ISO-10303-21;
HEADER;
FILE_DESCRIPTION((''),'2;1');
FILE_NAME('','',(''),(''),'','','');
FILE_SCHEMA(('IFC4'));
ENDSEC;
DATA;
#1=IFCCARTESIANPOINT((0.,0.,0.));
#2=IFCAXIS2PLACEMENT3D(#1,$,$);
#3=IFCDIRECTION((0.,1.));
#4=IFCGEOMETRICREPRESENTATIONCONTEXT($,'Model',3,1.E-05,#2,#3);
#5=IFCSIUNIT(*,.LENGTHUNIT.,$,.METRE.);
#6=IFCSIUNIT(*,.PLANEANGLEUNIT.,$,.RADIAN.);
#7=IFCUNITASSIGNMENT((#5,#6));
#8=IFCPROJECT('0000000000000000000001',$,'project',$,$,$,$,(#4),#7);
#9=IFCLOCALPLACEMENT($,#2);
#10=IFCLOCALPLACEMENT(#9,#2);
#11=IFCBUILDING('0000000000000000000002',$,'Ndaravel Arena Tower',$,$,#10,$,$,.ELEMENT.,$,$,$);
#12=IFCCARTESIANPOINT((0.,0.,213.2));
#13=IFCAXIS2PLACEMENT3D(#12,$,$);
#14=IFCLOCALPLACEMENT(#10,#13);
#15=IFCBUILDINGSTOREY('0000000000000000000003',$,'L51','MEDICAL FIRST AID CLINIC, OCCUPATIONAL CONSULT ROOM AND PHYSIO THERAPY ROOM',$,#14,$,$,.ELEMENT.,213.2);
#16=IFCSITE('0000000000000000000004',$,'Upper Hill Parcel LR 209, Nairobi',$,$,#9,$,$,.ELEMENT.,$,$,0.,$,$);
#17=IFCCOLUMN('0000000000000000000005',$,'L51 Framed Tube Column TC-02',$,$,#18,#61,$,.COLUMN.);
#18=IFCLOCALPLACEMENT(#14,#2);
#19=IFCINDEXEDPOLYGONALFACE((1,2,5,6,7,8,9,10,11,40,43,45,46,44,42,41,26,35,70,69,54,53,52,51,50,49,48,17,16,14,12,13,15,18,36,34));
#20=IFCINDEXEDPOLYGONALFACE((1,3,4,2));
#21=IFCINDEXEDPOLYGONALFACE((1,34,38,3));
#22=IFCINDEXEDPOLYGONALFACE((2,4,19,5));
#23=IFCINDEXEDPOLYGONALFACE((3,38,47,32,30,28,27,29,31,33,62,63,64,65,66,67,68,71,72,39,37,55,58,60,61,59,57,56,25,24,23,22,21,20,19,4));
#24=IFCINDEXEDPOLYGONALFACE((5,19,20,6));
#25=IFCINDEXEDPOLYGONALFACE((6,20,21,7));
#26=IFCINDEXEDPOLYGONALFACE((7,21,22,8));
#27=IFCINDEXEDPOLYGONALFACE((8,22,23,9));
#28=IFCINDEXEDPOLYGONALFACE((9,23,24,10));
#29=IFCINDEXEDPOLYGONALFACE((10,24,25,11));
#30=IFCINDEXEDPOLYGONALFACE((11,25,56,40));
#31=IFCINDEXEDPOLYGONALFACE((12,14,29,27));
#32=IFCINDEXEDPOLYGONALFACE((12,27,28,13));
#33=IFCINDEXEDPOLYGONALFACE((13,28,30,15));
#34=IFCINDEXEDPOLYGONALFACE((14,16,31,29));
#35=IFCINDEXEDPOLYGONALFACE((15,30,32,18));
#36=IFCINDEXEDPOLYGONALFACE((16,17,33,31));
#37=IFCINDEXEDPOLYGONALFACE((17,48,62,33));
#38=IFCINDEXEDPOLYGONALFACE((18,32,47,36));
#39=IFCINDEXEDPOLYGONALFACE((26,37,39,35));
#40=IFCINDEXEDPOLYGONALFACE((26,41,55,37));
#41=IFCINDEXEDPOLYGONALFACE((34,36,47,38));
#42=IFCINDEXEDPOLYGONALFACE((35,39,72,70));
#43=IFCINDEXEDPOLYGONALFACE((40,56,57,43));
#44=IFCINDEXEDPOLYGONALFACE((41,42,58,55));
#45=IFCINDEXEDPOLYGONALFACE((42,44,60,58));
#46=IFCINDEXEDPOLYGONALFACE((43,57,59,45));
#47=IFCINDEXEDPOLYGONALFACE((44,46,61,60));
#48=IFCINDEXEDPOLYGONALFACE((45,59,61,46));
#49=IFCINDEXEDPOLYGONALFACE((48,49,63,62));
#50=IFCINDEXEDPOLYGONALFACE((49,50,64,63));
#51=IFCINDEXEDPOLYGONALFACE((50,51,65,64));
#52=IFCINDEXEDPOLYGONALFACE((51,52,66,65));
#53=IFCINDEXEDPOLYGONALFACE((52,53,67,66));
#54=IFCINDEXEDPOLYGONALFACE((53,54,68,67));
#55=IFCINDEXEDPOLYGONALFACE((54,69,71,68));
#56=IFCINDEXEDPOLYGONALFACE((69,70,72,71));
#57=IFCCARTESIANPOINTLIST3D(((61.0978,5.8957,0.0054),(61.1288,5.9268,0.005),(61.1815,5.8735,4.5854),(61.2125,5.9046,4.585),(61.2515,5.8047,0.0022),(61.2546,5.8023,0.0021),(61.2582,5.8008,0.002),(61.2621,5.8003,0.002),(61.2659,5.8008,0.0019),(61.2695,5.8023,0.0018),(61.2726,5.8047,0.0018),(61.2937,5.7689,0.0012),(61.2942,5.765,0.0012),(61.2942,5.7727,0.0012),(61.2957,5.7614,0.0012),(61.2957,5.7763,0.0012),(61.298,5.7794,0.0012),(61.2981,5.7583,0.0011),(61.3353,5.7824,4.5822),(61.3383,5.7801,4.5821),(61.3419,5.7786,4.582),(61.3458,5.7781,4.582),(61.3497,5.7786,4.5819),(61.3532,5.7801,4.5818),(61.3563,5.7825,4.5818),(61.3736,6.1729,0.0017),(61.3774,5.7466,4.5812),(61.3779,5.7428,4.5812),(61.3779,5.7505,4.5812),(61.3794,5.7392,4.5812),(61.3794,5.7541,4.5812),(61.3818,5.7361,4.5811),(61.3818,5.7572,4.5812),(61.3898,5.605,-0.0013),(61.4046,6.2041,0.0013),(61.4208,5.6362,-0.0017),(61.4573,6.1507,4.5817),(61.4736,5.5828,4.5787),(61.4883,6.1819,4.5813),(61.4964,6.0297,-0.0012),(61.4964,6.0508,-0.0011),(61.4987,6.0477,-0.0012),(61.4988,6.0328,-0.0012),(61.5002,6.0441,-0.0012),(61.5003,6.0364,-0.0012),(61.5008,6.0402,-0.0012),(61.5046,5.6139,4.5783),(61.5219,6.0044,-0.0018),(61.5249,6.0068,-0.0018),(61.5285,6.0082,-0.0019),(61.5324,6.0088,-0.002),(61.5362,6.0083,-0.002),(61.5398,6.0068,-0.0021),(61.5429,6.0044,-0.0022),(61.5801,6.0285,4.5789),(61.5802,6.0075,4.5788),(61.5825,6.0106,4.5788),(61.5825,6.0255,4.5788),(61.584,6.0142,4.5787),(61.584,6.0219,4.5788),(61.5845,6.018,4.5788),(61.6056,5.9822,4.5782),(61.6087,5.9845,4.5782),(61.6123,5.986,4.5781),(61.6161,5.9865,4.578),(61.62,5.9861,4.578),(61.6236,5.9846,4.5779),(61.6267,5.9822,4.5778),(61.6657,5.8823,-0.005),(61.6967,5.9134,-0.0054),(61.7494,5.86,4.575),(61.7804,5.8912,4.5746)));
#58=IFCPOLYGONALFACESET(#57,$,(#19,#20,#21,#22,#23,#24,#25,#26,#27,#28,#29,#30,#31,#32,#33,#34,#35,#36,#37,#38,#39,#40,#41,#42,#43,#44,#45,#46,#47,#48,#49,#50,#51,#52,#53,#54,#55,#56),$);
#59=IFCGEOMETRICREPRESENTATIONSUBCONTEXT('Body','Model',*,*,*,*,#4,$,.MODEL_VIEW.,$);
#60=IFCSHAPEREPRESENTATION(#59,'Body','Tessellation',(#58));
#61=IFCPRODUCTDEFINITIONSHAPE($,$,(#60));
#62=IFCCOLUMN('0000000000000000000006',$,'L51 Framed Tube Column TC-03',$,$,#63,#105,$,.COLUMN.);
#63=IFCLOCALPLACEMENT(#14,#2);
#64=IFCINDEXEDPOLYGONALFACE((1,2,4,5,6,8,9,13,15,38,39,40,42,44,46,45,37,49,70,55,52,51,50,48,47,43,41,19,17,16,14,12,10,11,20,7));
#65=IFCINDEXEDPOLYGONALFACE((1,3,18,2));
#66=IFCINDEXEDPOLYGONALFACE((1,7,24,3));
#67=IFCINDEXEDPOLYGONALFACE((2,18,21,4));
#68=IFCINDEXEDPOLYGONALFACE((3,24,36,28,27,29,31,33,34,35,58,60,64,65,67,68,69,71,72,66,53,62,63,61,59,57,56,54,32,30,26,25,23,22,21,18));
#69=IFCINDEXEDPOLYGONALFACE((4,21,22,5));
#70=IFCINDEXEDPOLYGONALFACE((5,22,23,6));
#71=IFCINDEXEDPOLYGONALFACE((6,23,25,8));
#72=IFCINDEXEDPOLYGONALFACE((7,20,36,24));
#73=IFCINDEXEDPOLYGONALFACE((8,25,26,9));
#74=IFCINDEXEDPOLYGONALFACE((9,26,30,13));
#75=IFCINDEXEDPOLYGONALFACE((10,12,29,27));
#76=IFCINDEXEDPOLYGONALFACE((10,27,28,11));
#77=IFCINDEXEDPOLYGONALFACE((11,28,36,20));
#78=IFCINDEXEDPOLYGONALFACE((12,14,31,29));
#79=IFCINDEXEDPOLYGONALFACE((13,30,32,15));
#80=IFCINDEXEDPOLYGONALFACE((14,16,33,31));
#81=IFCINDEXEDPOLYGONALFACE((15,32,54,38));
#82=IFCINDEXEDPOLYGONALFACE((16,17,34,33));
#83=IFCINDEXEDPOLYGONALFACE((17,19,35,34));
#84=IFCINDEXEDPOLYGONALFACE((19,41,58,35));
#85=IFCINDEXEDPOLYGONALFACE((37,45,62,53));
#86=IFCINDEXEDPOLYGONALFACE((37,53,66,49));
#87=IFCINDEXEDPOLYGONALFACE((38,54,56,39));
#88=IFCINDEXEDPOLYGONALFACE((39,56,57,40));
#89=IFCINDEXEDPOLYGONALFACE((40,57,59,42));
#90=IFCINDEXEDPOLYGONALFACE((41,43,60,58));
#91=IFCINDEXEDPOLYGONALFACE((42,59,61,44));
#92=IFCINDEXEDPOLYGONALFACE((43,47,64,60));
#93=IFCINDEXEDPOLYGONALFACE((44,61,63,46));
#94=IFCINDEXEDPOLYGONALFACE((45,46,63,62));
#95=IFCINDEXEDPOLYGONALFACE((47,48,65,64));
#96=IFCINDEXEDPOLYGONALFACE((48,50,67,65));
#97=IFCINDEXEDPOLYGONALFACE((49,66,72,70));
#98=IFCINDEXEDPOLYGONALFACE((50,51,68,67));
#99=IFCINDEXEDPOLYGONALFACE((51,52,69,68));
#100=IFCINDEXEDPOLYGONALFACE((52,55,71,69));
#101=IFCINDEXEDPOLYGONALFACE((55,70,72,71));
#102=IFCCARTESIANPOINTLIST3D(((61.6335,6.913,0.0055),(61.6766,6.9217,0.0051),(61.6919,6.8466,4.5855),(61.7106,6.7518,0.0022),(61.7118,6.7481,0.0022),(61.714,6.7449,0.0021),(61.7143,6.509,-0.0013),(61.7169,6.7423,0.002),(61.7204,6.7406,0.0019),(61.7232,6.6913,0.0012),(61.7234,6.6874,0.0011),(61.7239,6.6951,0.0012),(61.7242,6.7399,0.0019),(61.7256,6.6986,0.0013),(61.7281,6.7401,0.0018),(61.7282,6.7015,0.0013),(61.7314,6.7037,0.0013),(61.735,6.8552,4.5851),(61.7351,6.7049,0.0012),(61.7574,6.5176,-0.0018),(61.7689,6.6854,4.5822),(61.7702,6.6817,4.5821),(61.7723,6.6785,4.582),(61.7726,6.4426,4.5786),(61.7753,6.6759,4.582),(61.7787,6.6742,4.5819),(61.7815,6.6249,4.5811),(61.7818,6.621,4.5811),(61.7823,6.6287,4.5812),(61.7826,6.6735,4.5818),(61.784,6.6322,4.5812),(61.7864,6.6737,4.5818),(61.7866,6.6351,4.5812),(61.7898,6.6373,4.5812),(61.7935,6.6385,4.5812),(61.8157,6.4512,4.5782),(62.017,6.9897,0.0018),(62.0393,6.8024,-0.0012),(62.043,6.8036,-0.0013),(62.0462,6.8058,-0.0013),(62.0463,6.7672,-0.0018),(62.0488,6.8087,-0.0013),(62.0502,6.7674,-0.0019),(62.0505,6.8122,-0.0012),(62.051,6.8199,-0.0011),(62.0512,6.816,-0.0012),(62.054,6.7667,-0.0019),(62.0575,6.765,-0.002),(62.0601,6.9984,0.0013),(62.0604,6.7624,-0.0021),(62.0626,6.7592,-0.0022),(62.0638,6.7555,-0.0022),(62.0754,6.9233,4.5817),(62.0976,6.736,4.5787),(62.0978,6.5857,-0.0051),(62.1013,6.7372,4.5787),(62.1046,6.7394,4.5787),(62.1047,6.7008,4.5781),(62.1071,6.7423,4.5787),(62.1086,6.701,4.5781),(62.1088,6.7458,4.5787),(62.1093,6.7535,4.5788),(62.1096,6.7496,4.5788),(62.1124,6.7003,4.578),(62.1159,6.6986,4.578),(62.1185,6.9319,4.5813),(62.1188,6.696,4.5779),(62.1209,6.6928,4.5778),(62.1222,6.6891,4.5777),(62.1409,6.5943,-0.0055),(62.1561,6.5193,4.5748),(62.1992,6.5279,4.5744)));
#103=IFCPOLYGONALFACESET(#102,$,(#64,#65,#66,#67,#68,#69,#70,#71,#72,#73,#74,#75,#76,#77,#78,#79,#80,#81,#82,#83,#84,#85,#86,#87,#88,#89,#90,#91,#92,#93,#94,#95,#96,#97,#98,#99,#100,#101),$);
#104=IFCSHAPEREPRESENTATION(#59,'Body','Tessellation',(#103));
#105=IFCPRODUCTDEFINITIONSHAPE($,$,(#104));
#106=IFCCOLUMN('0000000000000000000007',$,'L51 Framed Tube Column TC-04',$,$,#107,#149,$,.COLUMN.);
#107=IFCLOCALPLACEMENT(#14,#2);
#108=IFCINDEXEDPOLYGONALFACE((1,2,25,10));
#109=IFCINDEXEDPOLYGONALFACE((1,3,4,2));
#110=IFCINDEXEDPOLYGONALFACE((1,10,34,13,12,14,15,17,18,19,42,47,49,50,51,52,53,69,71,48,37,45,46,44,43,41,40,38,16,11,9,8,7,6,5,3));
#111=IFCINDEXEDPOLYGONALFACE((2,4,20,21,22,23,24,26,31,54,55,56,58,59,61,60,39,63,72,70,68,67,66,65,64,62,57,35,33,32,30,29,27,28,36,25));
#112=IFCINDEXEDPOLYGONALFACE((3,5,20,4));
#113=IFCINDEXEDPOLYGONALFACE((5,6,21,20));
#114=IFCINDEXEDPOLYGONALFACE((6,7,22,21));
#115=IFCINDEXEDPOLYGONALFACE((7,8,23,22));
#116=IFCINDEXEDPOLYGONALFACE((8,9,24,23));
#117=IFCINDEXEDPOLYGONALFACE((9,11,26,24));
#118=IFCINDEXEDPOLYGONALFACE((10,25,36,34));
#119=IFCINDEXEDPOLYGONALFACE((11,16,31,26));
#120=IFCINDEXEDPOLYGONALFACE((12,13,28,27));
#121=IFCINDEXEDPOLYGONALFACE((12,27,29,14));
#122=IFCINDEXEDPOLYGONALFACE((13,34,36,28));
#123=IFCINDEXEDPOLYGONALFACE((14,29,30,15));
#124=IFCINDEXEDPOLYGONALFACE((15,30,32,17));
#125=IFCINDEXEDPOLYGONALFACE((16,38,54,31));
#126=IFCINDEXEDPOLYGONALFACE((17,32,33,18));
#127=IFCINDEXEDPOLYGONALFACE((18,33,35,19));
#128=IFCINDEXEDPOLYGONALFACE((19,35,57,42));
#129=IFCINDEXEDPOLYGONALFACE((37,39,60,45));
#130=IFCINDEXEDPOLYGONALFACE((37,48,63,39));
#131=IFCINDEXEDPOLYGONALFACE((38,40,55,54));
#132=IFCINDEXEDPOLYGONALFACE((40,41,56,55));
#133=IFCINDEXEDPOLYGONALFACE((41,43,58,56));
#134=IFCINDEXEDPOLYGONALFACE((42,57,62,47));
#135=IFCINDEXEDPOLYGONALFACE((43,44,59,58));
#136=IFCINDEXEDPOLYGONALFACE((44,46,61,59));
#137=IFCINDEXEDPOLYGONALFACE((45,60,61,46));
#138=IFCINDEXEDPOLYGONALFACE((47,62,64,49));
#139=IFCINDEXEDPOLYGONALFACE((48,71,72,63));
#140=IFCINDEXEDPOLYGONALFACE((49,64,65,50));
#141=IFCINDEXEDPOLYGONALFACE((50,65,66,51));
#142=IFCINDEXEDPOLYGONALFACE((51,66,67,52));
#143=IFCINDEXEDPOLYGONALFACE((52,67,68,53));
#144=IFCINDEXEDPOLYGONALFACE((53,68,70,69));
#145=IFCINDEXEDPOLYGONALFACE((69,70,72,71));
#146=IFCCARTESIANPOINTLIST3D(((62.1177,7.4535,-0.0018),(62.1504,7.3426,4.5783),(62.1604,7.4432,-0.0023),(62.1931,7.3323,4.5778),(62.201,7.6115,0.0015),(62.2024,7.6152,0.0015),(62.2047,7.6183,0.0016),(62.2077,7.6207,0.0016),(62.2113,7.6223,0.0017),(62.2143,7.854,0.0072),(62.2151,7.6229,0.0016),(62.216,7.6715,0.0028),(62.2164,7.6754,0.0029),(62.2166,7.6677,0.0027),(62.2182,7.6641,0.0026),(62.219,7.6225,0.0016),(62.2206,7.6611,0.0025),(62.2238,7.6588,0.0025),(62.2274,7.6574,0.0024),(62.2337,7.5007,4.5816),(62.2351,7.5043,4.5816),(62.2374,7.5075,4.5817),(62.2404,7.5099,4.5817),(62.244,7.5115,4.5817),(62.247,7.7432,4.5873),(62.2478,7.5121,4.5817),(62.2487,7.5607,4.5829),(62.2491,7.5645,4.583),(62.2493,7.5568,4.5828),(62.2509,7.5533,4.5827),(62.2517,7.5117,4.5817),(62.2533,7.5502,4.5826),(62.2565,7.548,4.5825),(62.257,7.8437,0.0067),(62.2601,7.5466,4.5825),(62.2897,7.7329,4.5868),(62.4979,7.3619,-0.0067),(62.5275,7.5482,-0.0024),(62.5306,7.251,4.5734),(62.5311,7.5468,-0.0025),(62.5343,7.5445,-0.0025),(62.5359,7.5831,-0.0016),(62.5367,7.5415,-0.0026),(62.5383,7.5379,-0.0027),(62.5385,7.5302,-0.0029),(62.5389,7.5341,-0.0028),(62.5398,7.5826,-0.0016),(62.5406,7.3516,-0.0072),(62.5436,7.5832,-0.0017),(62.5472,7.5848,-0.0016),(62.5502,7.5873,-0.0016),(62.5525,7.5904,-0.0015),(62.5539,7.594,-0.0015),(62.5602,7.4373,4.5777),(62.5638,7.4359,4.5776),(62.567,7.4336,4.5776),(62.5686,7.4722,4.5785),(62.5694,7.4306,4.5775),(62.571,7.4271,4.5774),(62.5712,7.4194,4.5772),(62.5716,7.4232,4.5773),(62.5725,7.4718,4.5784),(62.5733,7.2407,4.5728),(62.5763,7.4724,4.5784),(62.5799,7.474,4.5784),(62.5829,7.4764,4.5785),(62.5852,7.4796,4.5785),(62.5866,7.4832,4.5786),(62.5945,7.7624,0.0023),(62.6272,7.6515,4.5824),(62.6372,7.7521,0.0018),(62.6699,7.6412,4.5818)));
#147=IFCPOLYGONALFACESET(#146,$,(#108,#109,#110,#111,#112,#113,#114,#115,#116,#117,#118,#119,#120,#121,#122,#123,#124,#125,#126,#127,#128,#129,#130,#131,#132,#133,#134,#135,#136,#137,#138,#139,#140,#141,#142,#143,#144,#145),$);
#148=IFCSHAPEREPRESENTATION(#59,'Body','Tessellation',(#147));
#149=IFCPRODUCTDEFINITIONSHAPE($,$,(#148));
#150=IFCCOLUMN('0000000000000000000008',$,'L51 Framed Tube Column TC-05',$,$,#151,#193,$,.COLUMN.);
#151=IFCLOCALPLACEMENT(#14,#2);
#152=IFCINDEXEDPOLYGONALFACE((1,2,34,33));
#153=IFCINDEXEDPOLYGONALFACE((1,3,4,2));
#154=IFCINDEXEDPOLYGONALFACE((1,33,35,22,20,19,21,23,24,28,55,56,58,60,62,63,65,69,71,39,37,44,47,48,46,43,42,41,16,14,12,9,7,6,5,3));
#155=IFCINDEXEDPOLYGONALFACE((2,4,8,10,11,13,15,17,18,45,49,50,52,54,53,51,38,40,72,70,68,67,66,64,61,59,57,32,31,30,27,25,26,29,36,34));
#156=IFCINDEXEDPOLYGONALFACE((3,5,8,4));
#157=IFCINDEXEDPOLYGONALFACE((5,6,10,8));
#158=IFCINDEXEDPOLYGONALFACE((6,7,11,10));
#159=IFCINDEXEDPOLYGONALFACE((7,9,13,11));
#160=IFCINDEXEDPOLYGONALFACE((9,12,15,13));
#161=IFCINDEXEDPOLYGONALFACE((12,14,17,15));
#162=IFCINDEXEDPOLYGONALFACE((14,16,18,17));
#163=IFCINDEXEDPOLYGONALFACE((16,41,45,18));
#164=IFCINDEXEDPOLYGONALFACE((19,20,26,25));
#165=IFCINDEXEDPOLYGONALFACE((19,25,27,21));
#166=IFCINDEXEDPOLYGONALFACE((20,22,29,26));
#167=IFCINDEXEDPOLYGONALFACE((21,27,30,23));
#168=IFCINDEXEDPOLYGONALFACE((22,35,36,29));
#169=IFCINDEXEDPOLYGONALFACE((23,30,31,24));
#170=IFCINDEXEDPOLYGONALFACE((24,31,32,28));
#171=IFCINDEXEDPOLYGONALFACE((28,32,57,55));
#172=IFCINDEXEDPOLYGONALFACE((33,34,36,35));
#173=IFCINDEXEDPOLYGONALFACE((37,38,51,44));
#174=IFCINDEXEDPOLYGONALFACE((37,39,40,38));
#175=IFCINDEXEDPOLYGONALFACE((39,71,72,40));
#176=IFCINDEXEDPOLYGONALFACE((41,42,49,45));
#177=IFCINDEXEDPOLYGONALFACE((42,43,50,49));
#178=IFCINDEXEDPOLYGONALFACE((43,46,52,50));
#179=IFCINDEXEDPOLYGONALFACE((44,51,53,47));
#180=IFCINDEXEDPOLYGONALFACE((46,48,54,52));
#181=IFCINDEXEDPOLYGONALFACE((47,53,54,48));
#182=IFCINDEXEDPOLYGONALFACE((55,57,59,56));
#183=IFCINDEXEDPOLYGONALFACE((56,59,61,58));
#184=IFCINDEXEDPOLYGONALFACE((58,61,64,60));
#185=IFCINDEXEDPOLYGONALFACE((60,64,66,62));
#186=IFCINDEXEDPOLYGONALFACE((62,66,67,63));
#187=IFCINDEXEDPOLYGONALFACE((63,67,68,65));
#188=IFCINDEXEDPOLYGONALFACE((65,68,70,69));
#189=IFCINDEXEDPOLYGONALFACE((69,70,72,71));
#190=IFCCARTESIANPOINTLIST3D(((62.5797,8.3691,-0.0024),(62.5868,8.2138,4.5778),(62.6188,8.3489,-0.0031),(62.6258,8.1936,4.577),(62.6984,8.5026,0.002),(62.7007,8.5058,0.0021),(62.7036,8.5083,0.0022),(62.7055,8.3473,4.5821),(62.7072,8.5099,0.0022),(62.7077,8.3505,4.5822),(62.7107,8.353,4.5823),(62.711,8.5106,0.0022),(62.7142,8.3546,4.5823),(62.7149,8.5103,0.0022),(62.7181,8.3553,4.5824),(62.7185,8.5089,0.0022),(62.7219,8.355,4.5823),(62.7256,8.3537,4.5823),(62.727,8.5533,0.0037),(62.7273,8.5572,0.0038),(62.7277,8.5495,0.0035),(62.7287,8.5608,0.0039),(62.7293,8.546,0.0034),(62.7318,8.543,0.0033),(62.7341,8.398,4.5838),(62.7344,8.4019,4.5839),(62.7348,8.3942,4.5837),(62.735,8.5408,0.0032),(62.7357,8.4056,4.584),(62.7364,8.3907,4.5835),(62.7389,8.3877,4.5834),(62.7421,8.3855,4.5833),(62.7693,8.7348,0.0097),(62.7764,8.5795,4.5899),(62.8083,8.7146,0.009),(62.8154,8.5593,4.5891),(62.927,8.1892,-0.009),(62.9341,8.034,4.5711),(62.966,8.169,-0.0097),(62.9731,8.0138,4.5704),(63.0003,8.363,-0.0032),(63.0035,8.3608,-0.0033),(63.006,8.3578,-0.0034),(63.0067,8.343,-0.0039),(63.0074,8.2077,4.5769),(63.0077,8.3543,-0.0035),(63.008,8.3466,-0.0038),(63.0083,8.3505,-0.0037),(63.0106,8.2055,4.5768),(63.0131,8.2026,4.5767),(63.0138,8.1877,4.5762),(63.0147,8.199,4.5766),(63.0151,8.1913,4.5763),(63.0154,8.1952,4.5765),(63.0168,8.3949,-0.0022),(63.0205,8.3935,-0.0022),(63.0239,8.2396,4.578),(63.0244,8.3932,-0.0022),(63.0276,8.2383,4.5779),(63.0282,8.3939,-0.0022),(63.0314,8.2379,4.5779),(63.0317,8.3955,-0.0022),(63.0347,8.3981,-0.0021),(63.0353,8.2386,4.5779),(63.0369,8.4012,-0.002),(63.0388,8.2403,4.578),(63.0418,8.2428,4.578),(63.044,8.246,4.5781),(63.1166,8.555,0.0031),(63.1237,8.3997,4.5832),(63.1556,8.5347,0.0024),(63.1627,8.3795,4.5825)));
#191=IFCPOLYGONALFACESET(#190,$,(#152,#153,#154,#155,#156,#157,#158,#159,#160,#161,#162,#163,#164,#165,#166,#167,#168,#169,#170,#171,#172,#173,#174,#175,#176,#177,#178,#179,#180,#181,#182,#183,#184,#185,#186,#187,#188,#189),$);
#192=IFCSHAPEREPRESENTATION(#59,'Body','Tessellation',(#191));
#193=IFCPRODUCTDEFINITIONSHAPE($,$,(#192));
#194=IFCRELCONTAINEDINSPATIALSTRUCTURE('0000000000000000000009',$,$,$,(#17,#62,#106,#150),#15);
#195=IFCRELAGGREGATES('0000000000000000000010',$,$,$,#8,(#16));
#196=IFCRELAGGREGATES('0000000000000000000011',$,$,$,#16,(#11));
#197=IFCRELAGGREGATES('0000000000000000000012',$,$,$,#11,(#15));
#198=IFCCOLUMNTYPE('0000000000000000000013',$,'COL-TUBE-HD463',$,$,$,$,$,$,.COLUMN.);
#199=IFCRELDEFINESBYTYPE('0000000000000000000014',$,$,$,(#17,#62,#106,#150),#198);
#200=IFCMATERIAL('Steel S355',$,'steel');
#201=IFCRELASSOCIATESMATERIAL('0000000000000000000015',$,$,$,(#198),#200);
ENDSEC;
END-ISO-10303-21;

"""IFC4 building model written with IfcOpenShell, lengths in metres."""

from ifc_helpers import new_model, si_unit, direction, frame, origin, origin_2d, place, context, subcontext, project, spatial, i_section, extrude, material, material_profile, profile_set, type_object, element, save


model = new_model("IFC4")

# Units and contexts
model_context = context("Model", 3, precision=1e-05, world=origin(), true_north=direction((0.0, 1.0)))
body_context = subcontext(model_context, "Body", "Model", "MODEL_VIEW")
ifc_project = project(units=[si_unit("LENGTHUNIT", "METRE"), si_unit("PLANEANGLEUNIT", "RADIAN")], contexts=[model_context])

# Site, building, storey
site_placement = place(None, origin())
site = spatial("IfcSite", under=ifc_project, at=site_placement, Name="Upper Hill Parcel LR 209, Nairobi", CompositionType="ELEMENT", RefElevation=0.0)
building_placement = place(site_placement, origin())
building = spatial("IfcBuilding", under=site, at=building_placement, Name="Ndaravel Arena Tower", CompositionType="ELEMENT")
storey_placement = place(building_placement, frame((0.0, 0.0, 213.2)))
storey = spatial("IfcBuildingStorey", under=building, at=storey_placement, Name="L51", Description="MEDICAL FIRST AID CLINIC, OCCUPATIONAL CONSULT ROOM AND PHYSIO THERAPY ROOM", CompositionType="ELEMENT", Elevation=213.2)

# Columns
ifc_material_1 = material(Name="Steel S355", Category="steel")
ifc_material_profile_1 = material_profile(ifc_material_1, i_section(OverallWidth=0.4121, OverallDepth=0.4351, WebThickness=0.0359, FlangeThickness=0.0439, FilletRadius=0.0149, at=origin_2d()), Name="HD 400x463")
ifc_profile_set_1 = profile_set([ifc_material_profile_1], Name="Steel S355")
column_type = type_object("IfcColumnType", Name="COL-TUBE-HD463", PredefinedType="COLUMN", material=ifc_profile_set_1)
for number, where, z_axis, x_axis, name in (
    (1, (61.3972, 5.9045, 0.0), (0.01828, -0.00485, 0.999821), (-0.7087, 0.70532, 0.016379), "L51 Framed Tube Column TC-02"),
    (2, (61.8872, 6.7537, 0.0), (0.012737, -0.014496, 0.999814), (-0.195925, 0.980476, 0.016712), "L51 Framed Tube Column TC-03"),
):
    element("IfcColumn", number, at=place(storey_placement, frame(where, z_axis=z_axis, x_axis=x_axis)), inside=storey, type_object=column_type, Name=name, PredefinedType="COLUMN", context=body_context, shape_type="SweptSolid", body=[
        extrude(i_section(OverallWidth=0.4121, OverallDepth=0.4351, WebThickness=0.0359, FlangeThickness=0.0439, FilletRadius=0.0149, at=origin_2d()), origin(), (0.0, 0.0, 1.0), 4.5808),
    ])
column_1_placement = place(storey_placement, frame((62.3774, 7.6028, 0.0), z_axis=(0.007141, -0.024193, 0.999682), x_axis=(0.23447, 0.971878, 0.021845)))
element("IfcColumn", 3, at=column_1_placement, inside=storey, type_object=column_type, Name="L51 Framed Tube Column TC-04", PredefinedType="COLUMN", context=body_context, shape_type="SweptSolid", body=[
    extrude(i_section(OverallWidth=0.4121, OverallDepth=0.4351, WebThickness=0.0359, FlangeThickness=0.0439, FilletRadius=0.0149, at=origin_2d()), origin(), (0.0, 0.0, 1.0), 4.5815),
])
column_2_placement = place(storey_placement, frame((62.8677, 8.4519, 0.0), z_axis=(0.001545, -0.033882, 0.999425), x_axis=(0.460056, 0.887404, 0.029374)))
element("IfcColumn", 4, at=column_2_placement, inside=storey, type_object=column_type, Name="L51 Framed Tube Column TC-05", PredefinedType="COLUMN", context=body_context, shape_type="SweptSolid", body=[
    extrude(i_section(OverallWidth=0.4121, OverallDepth=0.4351, WebThickness=0.0359, FlangeThickness=0.0439, FilletRadius=0.0149, at=origin_2d()), origin(), (0.0, 0.0, 1.0), 4.5828),
])

save(model, "model.ifc")
